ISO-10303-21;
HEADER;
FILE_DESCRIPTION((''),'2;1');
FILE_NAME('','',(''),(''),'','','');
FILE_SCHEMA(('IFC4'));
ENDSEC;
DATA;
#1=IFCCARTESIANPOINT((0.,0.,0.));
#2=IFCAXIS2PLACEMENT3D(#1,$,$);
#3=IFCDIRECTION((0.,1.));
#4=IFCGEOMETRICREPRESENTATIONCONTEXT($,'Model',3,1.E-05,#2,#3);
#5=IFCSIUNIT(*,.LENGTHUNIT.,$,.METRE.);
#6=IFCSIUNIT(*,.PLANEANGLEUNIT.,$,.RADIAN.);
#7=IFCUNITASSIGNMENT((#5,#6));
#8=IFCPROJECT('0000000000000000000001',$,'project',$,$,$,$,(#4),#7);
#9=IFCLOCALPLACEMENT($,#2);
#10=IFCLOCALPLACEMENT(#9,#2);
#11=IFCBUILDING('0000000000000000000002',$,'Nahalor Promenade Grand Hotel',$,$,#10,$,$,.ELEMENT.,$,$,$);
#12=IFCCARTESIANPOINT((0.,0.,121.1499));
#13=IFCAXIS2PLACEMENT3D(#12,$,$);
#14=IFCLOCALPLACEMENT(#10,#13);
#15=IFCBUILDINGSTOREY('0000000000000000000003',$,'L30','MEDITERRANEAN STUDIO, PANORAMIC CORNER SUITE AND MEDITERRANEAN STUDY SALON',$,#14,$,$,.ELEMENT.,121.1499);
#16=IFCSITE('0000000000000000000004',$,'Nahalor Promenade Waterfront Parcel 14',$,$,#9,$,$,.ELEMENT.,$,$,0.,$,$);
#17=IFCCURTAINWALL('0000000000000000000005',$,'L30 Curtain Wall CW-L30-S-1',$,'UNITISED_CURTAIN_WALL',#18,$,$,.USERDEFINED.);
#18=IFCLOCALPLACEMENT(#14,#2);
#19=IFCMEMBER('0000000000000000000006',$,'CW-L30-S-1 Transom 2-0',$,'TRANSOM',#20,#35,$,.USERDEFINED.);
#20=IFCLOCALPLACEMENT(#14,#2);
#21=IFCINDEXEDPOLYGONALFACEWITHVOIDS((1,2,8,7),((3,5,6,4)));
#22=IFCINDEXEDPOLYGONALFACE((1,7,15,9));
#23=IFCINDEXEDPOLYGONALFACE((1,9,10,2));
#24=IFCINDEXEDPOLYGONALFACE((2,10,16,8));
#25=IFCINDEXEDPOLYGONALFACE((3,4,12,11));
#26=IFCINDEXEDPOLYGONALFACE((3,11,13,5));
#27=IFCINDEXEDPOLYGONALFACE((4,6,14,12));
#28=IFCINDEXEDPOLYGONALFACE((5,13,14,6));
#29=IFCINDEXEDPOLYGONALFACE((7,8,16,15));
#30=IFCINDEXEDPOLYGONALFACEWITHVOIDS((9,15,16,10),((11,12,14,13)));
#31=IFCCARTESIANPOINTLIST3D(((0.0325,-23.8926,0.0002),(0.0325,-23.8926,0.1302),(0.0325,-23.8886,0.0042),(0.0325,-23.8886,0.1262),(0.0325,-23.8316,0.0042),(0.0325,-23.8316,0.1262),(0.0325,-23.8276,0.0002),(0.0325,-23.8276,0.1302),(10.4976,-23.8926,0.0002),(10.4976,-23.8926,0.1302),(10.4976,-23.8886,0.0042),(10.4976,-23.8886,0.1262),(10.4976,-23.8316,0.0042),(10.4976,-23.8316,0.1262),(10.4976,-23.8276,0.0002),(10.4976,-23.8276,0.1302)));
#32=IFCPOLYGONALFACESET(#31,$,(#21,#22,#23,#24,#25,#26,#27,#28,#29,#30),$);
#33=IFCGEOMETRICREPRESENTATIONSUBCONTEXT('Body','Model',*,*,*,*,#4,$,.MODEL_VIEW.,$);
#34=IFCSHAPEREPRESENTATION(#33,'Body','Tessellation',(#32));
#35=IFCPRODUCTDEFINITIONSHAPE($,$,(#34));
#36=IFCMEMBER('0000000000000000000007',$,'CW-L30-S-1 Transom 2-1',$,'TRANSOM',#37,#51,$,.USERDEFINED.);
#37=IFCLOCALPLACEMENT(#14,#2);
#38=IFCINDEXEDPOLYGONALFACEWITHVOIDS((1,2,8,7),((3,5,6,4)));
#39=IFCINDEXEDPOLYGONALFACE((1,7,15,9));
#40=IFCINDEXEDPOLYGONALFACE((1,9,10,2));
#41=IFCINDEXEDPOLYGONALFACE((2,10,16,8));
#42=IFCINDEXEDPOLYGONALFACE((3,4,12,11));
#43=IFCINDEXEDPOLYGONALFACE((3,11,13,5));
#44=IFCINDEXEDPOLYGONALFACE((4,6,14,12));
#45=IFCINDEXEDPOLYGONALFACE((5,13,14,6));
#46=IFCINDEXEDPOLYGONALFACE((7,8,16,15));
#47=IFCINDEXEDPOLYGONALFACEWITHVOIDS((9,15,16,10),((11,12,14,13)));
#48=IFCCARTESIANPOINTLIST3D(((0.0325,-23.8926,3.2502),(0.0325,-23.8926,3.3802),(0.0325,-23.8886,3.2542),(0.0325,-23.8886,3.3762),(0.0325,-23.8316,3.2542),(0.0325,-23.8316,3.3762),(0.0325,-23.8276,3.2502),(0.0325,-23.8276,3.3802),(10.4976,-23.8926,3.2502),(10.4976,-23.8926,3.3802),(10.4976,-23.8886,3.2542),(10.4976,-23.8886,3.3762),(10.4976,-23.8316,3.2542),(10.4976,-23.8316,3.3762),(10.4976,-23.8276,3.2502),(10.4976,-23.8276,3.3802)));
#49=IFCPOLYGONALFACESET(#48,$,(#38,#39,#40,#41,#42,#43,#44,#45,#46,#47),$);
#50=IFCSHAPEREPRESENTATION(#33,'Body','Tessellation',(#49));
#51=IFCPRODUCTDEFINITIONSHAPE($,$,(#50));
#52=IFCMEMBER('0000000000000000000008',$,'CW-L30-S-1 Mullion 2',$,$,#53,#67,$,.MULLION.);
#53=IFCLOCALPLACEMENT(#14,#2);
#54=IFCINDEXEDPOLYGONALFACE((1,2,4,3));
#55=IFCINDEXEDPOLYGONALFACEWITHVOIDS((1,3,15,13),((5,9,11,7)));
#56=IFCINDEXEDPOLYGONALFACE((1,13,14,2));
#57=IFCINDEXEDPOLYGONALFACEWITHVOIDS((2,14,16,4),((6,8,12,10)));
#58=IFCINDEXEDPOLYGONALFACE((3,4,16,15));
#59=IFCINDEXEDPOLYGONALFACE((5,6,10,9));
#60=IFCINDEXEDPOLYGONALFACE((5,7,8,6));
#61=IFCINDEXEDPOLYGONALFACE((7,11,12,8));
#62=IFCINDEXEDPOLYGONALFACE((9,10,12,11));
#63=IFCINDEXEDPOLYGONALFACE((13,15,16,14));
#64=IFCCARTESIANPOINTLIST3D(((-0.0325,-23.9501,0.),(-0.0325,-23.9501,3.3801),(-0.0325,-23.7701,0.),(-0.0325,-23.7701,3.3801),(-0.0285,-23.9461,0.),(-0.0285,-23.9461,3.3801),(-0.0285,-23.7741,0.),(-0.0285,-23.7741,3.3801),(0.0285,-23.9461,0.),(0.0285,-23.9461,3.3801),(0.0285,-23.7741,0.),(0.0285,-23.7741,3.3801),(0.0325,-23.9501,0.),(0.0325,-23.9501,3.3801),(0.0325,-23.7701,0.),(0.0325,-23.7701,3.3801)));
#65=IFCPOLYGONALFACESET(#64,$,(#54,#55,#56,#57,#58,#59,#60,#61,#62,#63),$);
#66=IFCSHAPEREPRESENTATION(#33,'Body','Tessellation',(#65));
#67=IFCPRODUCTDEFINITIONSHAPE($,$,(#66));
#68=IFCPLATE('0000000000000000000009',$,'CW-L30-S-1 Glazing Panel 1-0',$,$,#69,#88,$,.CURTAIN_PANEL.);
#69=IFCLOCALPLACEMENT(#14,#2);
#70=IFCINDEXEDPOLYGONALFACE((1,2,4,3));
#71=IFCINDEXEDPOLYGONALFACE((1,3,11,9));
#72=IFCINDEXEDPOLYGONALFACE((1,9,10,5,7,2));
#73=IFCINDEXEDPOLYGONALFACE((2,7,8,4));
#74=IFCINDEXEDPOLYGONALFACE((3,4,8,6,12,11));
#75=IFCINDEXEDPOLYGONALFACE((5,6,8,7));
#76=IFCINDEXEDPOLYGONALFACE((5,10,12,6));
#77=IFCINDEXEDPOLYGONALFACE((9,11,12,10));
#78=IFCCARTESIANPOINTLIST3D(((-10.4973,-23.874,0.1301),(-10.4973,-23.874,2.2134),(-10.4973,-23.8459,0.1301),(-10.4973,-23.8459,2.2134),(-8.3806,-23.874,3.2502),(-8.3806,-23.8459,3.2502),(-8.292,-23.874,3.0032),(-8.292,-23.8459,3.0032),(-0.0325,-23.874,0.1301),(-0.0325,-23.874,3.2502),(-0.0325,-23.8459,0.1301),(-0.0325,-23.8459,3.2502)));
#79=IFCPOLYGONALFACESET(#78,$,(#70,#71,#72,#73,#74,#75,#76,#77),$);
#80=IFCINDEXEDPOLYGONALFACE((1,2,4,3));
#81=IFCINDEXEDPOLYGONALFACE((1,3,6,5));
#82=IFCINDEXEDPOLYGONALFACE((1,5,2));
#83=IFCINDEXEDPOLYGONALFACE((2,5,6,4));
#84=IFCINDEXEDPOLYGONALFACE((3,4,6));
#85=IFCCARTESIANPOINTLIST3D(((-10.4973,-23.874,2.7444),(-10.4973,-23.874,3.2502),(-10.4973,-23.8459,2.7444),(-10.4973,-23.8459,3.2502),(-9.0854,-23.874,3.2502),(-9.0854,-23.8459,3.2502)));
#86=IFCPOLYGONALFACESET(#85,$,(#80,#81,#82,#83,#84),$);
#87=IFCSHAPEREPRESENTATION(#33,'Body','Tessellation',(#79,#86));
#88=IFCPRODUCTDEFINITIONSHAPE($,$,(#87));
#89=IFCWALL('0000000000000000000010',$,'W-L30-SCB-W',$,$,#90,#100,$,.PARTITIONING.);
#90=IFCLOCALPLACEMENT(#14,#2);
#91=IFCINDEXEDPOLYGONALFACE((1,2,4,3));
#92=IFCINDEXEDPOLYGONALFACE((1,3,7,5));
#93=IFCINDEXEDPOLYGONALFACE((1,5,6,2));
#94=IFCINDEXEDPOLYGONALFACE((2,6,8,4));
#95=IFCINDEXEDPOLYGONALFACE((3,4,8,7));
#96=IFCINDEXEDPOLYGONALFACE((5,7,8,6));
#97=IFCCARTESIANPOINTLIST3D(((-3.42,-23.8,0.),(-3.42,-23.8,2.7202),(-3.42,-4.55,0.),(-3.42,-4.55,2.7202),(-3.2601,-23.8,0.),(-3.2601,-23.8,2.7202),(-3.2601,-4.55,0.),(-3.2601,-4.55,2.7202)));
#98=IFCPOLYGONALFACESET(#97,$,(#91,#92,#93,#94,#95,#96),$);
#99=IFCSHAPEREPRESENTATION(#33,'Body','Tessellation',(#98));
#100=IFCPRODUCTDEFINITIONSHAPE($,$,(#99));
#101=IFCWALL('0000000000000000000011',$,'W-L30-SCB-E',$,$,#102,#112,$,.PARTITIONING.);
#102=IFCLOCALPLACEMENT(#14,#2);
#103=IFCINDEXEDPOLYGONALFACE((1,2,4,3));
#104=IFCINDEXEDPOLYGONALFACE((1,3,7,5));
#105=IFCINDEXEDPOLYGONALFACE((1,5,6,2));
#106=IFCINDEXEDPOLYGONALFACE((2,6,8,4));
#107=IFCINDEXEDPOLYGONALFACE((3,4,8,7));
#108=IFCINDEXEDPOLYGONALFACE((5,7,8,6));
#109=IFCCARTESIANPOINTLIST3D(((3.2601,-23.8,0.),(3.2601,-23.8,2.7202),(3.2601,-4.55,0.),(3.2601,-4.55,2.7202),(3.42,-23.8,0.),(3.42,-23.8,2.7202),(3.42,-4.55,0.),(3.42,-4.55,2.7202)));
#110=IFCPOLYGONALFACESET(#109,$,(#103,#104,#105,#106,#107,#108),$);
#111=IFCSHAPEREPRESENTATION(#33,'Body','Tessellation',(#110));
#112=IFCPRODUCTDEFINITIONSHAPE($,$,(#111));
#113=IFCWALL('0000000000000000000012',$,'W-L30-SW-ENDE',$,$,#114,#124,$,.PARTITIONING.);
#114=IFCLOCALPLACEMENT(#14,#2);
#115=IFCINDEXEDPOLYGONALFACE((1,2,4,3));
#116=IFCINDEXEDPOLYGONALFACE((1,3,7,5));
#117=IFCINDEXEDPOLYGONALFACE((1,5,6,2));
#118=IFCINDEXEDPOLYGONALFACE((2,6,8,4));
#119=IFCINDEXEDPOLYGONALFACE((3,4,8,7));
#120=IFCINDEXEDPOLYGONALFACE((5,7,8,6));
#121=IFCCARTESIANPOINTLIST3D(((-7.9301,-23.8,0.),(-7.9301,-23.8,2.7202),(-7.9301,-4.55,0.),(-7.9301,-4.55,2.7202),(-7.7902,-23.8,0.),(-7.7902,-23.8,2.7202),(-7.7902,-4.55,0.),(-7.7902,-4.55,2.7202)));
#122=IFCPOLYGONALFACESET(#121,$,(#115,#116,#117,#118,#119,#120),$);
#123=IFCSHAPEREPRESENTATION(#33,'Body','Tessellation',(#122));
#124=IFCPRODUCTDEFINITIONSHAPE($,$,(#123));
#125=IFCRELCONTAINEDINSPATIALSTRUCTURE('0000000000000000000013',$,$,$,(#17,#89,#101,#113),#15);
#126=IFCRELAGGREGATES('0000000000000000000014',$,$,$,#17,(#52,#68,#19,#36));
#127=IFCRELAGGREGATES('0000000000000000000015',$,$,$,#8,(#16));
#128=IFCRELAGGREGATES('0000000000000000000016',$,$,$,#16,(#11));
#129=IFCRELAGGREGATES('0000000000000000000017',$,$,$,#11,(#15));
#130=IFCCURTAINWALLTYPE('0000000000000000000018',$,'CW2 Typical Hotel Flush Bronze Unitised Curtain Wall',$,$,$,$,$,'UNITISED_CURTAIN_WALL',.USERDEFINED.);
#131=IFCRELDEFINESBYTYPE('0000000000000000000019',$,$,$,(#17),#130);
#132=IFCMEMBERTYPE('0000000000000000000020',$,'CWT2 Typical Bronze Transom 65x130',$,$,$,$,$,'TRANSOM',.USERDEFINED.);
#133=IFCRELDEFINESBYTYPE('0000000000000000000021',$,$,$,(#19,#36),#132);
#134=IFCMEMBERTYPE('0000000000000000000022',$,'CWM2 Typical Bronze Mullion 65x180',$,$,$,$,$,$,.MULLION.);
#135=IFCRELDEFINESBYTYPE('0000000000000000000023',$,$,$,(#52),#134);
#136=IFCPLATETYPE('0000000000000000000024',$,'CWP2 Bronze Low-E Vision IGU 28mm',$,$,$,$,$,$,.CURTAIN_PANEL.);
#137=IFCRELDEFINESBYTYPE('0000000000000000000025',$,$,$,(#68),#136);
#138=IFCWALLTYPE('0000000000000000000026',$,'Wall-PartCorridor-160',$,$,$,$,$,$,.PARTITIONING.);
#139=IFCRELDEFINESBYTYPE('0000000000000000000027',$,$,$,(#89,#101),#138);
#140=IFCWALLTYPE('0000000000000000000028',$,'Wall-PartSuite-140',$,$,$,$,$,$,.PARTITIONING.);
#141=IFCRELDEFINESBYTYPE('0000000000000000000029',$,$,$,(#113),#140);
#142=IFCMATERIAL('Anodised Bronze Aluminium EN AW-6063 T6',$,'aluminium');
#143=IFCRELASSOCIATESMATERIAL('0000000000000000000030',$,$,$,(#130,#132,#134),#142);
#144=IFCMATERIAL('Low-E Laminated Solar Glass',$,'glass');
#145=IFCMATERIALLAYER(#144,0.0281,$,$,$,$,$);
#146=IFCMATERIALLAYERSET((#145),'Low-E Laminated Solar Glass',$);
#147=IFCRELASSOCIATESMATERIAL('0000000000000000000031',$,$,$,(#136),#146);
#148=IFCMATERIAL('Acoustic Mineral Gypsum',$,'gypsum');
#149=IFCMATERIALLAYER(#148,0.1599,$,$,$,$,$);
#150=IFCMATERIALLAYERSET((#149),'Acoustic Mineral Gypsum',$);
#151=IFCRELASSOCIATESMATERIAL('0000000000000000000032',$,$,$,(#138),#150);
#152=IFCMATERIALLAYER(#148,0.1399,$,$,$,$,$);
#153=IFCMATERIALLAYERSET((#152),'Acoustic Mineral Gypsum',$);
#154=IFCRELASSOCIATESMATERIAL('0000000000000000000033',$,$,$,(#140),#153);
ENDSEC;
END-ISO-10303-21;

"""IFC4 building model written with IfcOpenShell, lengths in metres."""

from ifc_helpers import new_model, si_unit, direction, frame, frame_2d, origin, origin_2d, place, context, subcontext, project, spatial, polyline, rectangle, hollow_rectangle, outline, extrude, source, transform, mapped, material, layer, layer_set, material_profile, profile_set, type_object, element, aggregate, save


model = new_model("IFC4")

# Units and contexts
model_context = context("Model", 3, precision=1e-05, world=origin(), true_north=direction((0.0, 1.0)))
body_context = subcontext(model_context, "Body", "Model", "MODEL_VIEW")
ifc_project = project(units=[si_unit("LENGTHUNIT", "METRE"), si_unit("PLANEANGLEUNIT", "RADIAN")], contexts=[model_context])

# Site, building, storey
site_placement = place(None, origin())
site = spatial("IfcSite", under=ifc_project, at=site_placement, Name="Nahalor Promenade Waterfront Parcel 14", CompositionType="ELEMENT", RefElevation=0.0)
building_placement = place(site_placement, origin())
building = spatial("IfcBuilding", under=site, at=building_placement, Name="Nahalor Promenade Grand Hotel", CompositionType="ELEMENT")
storey_placement = place(building_placement, frame((0.0, 0.0, 121.1499)))
storey = spatial("IfcBuildingStorey", under=building, at=storey_placement, Name="L30", Description="MEDITERRANEAN STUDIO, PANORAMIC CORNER SUITE AND MEDITERRANEAN STUDY SALON", CompositionType="ELEMENT", Elevation=121.1499)

# Curtain wall, members, plate
ifc_material_1 = material(Name="Anodised Bronze Aluminium EN AW-6063 T6", Category="aluminium")
curtain_wall_type = type_object("IfcCurtainWallType", Name="CW2 Typical Hotel Flush Bronze Unitised Curtain Wall", ElementType="UNITISED_CURTAIN_WALL", PredefinedType="USERDEFINED", material=ifc_material_1)
curtain_wall_placement = place(storey_placement, origin())
curtain_wall = element("IfcCurtainWall", 1, at=curtain_wall_placement, inside=storey, type_object=curtain_wall_type, Name="L30 Curtain Wall CW-L30-S-1", ObjectType="UNITISED_CURTAIN_WALL", PredefinedType="USERDEFINED")
ifc_material_profile_1 = material_profile(ifc_material_1, hollow_rectangle(XDim=0.065, YDim=0.13, WallThickness=0.004, at=origin_2d()), Name="CWT 65x130x4")
ifc_profile_set_1 = profile_set([ifc_material_profile_1], Name="Anodised Bronze Aluminium EN AW-6063 T6")
member_type_1 = type_object("IfcMemberType", Name="CWT2 Typical Bronze Transom 65x130", ElementType="TRANSOM", PredefinedType="USERDEFINED", material=ifc_profile_set_1)
shared_shape_1 = source(origin(), body_context, "Body", "SweptSolid", [
    extrude(hollow_rectangle(XDim=0.065, YDim=0.13, WallThickness=0.004, at=origin_2d()), origin(), (0.0, 0.0, 1.0), 10.4651),
])
member_1_placement = place(storey_placement, frame((0.0325, -23.8601, 0.0652), z_axis=(1.0, 0.0, 0.0), x_axis=(0.0, 1.0, 0.0)))
member_1 = element("IfcMember", 2, at=member_1_placement, type_object=member_type_1, Name="CW-L30-S-1 Transom 2-0", ObjectType="TRANSOM", PredefinedType="USERDEFINED", context=body_context, shape_type="MappedRepresentation", body=[
    mapped(shared_shape_1, transform((0.0, 0.0, 0.0), scale=1.0)),
])
member_2_placement = place(storey_placement, frame((0.0325, -23.8601, 3.3152), z_axis=(1.0, 0.0, 0.0), x_axis=(0.0, 1.0, 0.0)))
member_2 = element("IfcMember", 3, at=member_2_placement, type_object=member_type_1, Name="CW-L30-S-1 Transom 2-1", ObjectType="TRANSOM", PredefinedType="USERDEFINED", context=body_context, shape_type="MappedRepresentation", body=[
    mapped(shared_shape_1, transform((0.0, 0.0, 0.0), scale=1.0)),
])
ifc_material_profile_2 = material_profile(ifc_material_1, hollow_rectangle(XDim=0.065, YDim=0.18, WallThickness=0.004, at=origin_2d()), Name="CWM 65x180x4")
ifc_profile_set_2 = profile_set([ifc_material_profile_2], Name="Anodised Bronze Aluminium EN AW-6063 T6")
member_type_2 = type_object("IfcMemberType", Name="CWM2 Typical Bronze Mullion 65x180", PredefinedType="MULLION", material=ifc_profile_set_2)
shared_shape_2 = source(origin(), body_context, "Body", "SweptSolid", [
    extrude(hollow_rectangle(XDim=0.065, YDim=0.18, WallThickness=0.004, at=origin_2d()), origin(), (0.0, 0.0, 1.0), 3.3801),
])
member_3_placement = place(storey_placement, frame((0.0, -23.8601, 0.0), z_axis=(0.0, 0.0, 1.0), x_axis=(1.0, 0.0, 0.0)))
member_3 = element("IfcMember", 4, at=member_3_placement, type_object=member_type_2, Name="CW-L30-S-1 Mullion 2", PredefinedType="MULLION", context=body_context, shape_type="MappedRepresentation", body=[
    mapped(shared_shape_2, transform((0.0, 0.0, 0.0), scale=1.0)),
])
ifc_material_2 = material(Name="Low-E Laminated Solar Glass", Category="glass")
ifc_layer_1 = layer(ifc_material_2, 0.0281)
ifc_layer_set_1 = layer_set([ifc_layer_1], Name="Low-E Laminated Solar Glass")
plate_type = type_object("IfcPlateType", Name="CWP2 Bronze Low-E Vision IGU 28mm", PredefinedType="CURTAIN_PANEL", material=ifc_layer_set_1)
plate_placement = place(storey_placement, frame((-5.2649, -23.8601, 0.1301), z_axis=(0.0, 0.0, 1.0), x_axis=(1.0, 0.0, 0.0)))
plate = element("IfcPlate", 5, at=plate_placement, type_object=plate_type, Name="CW-L30-S-1 Glazing Panel 1-0", PredefinedType="CURTAIN_PANEL", context=body_context, shape_type="SweptSolid", body=[
    extrude(outline(polyline([(5.2324, 0.0), (5.2324, 3.1201), (-3.1157, 3.1201), (-3.0271, 2.873), (-5.2324, 2.0833), (-5.2324, 0.0), (5.2324, 0.0)])), frame((0.0, 0.0142, 0.0), z_axis=(0.0, -1.0, 0.0), x_axis=(1.0, 0.0, 0.0)), (0.0, 0.0, 1.0), 0.0281),
    extrude(outline(polyline([(-3.8206, 3.1201), (-5.2324, 3.1201), (-5.2324, 2.6143), (-3.8206, 3.1201)])), frame((0.0, 0.0142, 0.0), z_axis=(0.0, -1.0, 0.0), x_axis=(1.0, 0.0, 0.0)), (0.0, 0.0, 1.0), 0.0281),
])
aggregate(curtain_wall, [member_3, plate, member_1, member_2])

# Walls
ifc_material_3 = material(Name="Acoustic Mineral Gypsum", Category="gypsum")
ifc_layer_2 = layer(ifc_material_3, 0.1599)
ifc_layer_set_2 = layer_set([ifc_layer_2], Name="Acoustic Mineral Gypsum")
wall_type_1 = type_object("IfcWallType", Name="Wall-PartCorridor-160", PredefinedType="PARTITIONING", material=ifc_layer_set_2)
shared_shape_3 = source(origin(), body_context, "Body", "SweptSolid", [
    extrude(rectangle(XDim=19.25, YDim=0.1599, at=frame_2d((9.625, 0.0))), origin(), (0.0, 0.0, 1.0), 2.7202),
])
for number, where, z_axis, x_axis, name in (
    (6, (-3.3401, -23.8, 0.0), (0.0, 0.0, 1.0), (0.0, 1.0, 0.0), "W-L30-SCB-W"),
    (7, (3.3401, -23.8, 0.0), (0.0, 0.0, 1.0), (0.0, 1.0, 0.0), "W-L30-SCB-E"),
):
    element("IfcWall", number, at=place(storey_placement, frame(where, z_axis=z_axis, x_axis=x_axis)), inside=storey, type_object=wall_type_1, Name=name, PredefinedType="PARTITIONING", context=body_context, shape_type="MappedRepresentation", body=[
        mapped(shared_shape_3, transform((0.0, 0.0, 0.0), scale=1.0)),
    ])
ifc_layer_3 = layer(ifc_material_3, 0.1399)
ifc_layer_set_3 = layer_set([ifc_layer_3], Name="Acoustic Mineral Gypsum")
wall_type_2 = type_object("IfcWallType", Name="Wall-PartSuite-140", PredefinedType="PARTITIONING", material=ifc_layer_set_3)
shared_shape_4 = source(origin(), body_context, "Body", "SweptSolid", [
    extrude(rectangle(XDim=19.25, YDim=0.1399, at=frame_2d((9.625, 0.0))), origin(), (0.0, 0.0, 1.0), 2.7202),
])
wall_placement = place(storey_placement, frame((-7.8601, -23.8, 0.0), z_axis=(0.0, 0.0, 1.0), x_axis=(0.0, 1.0, 0.0)))
element("IfcWall", 8, at=wall_placement, inside=storey, type_object=wall_type_2, Name="W-L30-SW-ENDE", PredefinedType="PARTITIONING", context=body_context, shape_type="MappedRepresentation", body=[
    mapped(shared_shape_4, transform((0.0, 0.0, 0.0), scale=1.0)),
])

save(model, "model.ifc")
